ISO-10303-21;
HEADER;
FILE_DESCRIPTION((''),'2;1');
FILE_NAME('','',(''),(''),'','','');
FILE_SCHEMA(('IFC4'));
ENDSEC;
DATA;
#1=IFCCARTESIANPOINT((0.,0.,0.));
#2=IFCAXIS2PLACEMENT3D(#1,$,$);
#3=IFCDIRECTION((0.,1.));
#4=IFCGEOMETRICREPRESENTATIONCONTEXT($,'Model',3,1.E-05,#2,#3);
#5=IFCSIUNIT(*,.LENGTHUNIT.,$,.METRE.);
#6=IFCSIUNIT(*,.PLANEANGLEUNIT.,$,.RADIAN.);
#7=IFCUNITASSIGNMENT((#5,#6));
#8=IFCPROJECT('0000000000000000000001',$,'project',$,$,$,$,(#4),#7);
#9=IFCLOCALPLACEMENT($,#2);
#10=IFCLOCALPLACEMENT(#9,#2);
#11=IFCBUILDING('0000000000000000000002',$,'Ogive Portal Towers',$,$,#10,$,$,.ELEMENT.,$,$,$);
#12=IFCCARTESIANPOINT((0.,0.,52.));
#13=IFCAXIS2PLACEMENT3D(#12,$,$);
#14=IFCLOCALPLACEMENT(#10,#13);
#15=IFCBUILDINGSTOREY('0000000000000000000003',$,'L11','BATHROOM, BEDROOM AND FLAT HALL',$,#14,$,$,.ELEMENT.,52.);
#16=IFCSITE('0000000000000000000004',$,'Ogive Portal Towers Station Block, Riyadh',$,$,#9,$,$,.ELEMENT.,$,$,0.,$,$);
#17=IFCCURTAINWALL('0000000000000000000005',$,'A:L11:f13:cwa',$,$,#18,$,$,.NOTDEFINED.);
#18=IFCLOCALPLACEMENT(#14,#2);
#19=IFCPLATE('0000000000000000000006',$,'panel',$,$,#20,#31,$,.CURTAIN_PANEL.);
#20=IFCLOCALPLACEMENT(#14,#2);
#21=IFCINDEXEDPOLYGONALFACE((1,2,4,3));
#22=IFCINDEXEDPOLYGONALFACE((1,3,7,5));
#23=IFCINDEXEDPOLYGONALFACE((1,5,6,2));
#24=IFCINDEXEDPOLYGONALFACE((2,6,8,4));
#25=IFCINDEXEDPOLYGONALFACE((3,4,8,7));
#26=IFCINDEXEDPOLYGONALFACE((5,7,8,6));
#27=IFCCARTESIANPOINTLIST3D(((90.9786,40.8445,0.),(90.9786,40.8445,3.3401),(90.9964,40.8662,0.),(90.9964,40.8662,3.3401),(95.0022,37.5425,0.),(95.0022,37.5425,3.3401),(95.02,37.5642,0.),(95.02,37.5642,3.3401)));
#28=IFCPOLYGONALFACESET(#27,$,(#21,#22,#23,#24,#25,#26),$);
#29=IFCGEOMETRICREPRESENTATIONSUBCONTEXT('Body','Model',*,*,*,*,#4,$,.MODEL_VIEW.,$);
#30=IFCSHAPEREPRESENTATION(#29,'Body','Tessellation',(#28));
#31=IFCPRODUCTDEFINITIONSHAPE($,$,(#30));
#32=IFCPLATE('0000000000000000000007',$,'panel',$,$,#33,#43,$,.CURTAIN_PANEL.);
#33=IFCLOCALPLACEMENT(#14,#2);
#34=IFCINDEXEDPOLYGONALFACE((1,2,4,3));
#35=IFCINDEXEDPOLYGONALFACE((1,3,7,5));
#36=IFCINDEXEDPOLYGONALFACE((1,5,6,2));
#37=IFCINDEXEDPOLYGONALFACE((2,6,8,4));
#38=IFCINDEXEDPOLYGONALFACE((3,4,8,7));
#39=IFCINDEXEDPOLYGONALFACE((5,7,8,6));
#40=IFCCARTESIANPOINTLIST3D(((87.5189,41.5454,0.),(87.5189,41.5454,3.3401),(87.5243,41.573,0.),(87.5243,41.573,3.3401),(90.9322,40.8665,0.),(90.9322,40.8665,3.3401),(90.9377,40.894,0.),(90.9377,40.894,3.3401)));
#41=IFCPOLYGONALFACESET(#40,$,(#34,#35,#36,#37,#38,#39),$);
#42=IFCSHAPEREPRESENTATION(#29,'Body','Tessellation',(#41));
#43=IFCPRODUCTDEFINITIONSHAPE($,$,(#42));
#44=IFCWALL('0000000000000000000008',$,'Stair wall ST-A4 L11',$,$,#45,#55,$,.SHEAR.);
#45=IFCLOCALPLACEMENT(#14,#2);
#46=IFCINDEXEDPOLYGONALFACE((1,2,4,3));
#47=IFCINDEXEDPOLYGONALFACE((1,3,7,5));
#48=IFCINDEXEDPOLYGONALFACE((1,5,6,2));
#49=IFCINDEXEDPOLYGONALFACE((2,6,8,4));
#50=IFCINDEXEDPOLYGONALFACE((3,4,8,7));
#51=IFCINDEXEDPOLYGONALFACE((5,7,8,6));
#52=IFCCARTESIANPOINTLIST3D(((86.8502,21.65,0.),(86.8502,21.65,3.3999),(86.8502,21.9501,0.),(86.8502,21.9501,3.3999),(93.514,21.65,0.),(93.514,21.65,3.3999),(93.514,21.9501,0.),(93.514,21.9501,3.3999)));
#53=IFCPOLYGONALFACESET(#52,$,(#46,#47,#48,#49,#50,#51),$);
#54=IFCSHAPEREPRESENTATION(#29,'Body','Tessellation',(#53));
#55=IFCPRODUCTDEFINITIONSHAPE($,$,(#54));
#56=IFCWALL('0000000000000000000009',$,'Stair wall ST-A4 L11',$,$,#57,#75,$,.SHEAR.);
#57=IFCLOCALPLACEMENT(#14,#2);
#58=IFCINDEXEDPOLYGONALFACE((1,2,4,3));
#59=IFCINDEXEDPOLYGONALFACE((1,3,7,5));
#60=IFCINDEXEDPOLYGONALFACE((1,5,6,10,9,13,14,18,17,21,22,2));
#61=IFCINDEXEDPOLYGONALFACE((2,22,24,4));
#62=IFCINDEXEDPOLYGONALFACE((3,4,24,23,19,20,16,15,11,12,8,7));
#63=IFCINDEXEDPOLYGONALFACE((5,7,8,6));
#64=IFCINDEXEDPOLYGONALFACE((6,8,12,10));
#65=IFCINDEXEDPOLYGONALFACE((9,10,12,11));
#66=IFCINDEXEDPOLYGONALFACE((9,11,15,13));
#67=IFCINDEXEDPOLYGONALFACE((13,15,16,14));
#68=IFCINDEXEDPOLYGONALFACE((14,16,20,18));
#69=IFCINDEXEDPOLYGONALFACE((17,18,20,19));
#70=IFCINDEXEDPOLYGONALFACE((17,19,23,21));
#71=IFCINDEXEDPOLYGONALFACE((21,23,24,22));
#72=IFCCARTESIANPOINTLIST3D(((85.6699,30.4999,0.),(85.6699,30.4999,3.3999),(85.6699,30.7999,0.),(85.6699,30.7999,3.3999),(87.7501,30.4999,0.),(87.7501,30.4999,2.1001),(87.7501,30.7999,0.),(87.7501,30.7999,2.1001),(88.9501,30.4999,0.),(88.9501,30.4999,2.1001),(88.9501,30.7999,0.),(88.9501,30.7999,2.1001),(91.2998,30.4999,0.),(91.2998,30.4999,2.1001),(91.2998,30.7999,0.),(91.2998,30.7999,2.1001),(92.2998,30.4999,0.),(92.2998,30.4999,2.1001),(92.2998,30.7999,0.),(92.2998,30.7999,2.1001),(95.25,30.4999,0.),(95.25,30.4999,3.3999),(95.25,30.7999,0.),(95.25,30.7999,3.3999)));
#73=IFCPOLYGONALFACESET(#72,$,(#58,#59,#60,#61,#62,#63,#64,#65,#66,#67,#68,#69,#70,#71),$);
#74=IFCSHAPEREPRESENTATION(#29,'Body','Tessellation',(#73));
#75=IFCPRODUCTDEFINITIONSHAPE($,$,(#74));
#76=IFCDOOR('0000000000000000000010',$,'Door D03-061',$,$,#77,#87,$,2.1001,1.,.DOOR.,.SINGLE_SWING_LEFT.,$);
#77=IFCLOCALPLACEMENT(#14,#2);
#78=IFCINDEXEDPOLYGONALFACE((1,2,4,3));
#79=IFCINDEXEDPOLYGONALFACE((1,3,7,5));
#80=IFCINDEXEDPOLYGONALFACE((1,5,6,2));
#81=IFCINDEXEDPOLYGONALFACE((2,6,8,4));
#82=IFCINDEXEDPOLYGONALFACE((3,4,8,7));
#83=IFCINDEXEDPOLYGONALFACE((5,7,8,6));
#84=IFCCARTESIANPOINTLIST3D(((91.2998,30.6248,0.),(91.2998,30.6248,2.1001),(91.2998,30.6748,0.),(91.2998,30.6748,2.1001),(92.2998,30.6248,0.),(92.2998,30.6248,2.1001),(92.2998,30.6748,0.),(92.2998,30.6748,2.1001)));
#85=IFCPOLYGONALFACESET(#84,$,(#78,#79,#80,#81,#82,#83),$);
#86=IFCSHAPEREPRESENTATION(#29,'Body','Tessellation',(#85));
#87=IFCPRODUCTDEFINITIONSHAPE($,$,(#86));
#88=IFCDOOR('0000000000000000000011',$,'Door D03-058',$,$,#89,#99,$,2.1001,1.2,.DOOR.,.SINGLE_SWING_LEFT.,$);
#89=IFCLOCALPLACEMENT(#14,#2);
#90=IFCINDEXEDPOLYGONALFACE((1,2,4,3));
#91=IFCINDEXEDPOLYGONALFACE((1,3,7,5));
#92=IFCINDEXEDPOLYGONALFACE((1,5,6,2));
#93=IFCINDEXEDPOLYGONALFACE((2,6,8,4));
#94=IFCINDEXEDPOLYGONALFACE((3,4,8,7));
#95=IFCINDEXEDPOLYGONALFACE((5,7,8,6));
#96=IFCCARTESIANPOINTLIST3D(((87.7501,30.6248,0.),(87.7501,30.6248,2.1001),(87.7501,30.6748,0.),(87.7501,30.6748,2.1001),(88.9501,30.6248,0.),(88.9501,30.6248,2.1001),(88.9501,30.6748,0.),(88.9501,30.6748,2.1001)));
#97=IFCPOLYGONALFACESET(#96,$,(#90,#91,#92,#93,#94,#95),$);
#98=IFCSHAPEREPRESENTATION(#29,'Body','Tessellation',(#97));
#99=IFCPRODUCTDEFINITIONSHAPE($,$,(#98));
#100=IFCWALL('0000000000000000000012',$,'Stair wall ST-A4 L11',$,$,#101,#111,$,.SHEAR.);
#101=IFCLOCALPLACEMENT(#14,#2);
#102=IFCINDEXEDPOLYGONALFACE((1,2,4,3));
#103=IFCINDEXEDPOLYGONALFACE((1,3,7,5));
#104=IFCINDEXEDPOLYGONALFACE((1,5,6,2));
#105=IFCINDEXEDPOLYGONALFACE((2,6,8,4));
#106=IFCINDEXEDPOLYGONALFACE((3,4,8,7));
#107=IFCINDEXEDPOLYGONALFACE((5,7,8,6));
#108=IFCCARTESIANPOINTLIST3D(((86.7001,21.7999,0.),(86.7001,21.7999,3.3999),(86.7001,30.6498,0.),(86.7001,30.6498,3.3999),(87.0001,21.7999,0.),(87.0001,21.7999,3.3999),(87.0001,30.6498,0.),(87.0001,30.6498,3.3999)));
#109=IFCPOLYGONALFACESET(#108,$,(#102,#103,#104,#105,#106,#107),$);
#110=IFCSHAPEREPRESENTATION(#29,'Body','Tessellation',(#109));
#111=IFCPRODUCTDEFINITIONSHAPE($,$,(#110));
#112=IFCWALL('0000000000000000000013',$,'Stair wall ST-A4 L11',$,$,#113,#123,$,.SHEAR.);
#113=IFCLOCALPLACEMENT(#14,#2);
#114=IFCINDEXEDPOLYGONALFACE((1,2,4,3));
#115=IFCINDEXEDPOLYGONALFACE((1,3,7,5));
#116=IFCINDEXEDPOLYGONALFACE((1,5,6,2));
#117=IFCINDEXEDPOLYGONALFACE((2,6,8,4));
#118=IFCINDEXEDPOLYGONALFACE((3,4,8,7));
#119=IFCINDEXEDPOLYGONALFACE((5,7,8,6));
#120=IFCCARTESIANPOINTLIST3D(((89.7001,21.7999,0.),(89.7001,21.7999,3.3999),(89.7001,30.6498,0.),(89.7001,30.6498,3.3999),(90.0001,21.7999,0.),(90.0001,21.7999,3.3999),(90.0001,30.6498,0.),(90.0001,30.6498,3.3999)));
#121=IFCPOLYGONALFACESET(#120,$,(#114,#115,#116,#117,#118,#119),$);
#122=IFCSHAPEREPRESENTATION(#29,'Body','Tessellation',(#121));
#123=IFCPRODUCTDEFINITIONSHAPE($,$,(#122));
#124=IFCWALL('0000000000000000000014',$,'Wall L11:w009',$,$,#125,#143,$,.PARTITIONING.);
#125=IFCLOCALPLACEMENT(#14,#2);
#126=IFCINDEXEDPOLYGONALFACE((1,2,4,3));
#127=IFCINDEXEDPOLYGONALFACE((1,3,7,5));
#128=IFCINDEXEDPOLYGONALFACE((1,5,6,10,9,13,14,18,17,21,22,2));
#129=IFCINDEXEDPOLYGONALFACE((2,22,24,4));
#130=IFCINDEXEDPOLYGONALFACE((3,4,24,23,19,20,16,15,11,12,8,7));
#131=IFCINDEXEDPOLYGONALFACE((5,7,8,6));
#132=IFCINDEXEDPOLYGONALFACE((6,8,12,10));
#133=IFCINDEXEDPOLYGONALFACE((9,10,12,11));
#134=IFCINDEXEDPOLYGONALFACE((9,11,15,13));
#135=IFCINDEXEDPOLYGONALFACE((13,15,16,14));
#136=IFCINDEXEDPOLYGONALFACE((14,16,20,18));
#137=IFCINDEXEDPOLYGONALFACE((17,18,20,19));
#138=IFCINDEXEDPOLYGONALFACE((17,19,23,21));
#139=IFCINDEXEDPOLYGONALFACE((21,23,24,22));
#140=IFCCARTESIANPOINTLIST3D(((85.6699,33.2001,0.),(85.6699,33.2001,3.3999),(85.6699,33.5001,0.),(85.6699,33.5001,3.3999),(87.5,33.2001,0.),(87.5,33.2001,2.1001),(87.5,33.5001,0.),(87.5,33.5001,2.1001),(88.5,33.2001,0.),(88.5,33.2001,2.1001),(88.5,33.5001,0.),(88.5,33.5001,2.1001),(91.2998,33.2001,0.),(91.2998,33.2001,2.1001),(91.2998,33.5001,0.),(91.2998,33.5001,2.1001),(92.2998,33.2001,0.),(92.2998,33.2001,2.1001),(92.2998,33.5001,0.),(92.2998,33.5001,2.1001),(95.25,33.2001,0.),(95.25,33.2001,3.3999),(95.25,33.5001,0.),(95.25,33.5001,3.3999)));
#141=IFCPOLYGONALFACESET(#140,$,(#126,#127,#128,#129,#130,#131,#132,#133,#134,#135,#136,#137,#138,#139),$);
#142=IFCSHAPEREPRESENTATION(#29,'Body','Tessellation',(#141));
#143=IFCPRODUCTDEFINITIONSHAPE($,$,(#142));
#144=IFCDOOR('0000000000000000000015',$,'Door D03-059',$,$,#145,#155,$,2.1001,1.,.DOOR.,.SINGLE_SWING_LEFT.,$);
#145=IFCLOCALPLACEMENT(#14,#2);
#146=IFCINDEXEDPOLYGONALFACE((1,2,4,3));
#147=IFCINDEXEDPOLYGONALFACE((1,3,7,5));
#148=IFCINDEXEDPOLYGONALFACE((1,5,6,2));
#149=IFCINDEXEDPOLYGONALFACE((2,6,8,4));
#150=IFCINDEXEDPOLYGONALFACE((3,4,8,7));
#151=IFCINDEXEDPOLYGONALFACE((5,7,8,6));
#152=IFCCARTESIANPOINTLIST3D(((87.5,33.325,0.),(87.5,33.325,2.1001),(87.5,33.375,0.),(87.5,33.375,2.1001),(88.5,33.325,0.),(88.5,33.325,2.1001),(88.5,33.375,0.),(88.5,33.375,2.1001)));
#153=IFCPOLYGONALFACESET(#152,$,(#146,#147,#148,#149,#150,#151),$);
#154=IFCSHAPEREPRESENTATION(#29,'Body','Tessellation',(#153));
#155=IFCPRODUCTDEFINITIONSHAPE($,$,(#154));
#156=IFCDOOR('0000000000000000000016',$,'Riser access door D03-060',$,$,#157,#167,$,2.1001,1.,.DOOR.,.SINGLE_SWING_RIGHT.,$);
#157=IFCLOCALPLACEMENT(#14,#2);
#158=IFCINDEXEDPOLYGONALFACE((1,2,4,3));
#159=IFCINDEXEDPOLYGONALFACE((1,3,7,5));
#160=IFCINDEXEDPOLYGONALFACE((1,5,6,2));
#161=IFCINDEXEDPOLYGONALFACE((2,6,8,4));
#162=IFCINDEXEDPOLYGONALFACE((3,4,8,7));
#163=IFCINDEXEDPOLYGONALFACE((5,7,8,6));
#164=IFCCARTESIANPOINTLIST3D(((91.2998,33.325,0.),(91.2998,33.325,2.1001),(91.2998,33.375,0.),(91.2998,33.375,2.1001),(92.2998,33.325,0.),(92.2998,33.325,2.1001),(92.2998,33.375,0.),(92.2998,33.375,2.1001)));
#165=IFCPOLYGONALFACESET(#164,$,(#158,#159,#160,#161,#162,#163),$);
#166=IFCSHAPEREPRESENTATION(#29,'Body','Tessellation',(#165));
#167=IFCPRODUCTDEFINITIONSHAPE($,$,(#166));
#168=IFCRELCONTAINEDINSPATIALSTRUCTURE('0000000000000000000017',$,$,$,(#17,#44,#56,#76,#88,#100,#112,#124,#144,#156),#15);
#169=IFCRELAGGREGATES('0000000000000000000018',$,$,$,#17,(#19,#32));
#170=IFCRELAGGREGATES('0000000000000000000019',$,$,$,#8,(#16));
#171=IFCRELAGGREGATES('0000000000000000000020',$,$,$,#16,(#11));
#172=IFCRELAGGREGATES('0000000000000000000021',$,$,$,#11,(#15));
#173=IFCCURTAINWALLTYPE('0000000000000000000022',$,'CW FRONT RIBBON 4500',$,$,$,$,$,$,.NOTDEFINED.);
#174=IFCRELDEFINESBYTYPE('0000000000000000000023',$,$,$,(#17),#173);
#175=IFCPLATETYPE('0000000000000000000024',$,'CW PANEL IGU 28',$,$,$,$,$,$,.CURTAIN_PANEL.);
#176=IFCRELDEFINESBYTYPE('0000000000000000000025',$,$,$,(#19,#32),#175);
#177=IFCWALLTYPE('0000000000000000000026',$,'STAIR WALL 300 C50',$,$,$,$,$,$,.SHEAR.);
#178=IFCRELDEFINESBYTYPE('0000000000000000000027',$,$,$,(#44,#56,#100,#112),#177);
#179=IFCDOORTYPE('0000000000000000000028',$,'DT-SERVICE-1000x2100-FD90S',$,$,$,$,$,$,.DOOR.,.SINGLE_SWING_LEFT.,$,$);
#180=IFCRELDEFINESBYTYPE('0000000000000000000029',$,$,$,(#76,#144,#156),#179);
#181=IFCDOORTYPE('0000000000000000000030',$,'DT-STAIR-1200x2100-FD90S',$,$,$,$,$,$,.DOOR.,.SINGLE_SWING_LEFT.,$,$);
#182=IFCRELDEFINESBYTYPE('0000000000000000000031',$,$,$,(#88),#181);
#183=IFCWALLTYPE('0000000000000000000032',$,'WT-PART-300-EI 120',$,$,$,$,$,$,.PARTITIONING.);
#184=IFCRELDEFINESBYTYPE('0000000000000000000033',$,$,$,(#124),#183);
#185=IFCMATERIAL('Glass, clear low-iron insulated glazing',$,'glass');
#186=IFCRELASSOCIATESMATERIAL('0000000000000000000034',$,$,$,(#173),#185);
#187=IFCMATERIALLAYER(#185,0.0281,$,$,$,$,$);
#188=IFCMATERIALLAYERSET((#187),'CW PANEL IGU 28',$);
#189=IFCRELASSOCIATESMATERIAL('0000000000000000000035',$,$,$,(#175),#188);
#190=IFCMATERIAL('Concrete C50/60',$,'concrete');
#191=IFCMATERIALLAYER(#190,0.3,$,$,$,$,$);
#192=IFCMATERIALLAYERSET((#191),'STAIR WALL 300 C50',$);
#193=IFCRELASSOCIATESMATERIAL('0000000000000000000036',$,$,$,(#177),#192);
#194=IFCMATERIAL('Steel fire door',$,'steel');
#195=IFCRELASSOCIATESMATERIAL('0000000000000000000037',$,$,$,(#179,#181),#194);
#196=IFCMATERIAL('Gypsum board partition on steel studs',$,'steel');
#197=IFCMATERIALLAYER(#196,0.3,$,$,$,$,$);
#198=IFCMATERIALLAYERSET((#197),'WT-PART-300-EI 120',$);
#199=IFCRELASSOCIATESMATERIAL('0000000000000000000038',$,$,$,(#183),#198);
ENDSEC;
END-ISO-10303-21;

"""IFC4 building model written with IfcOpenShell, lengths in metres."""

from ifc_helpers import new_model, si_unit, direction, frame, frame_2d, origin, origin_2d, place, context, subcontext, project, spatial, rectangle, extrude, material, layer, layer_set, type_object, element, fill, aggregate, save


model = new_model("IFC4")

# Units and contexts
model_context = context("Model", 3, precision=1e-05, world=origin(), true_north=direction((0.0, 1.0)))
body_context = subcontext(model_context, "Body", "Model", "MODEL_VIEW")
ifc_project = project(units=[si_unit("LENGTHUNIT", "METRE"), si_unit("PLANEANGLEUNIT", "RADIAN")], contexts=[model_context])

# Site, building, storey
site_placement = place(None, origin())
site = spatial("IfcSite", under=ifc_project, at=site_placement, Name="Ogive Portal Towers Station Block, Riyadh", CompositionType="ELEMENT", RefElevation=0.0)
building_placement = place(site_placement, origin())
building = spatial("IfcBuilding", under=site, at=building_placement, Name="Ogive Portal Towers", CompositionType="ELEMENT")
storey_placement = place(building_placement, frame((0.0, 0.0, 52.0)))
storey = spatial("IfcBuildingStorey", under=building, at=storey_placement, Name="L11", Description="BATHROOM, BEDROOM AND FLAT HALL", CompositionType="ELEMENT", Elevation=52.0)

# Shared definitions
ifc_material_1 = material(Name="Glass, clear low-iron insulated glazing", Category="glass")
curtain_wall_type = type_object("IfcCurtainWallType", Name="CW FRONT RIBBON 4500", PredefinedType="NOTDEFINED", material=ifc_material_1)

# Curtain wall
curtain_wall_1_placement = place(storey_placement, origin())
curtain_wall_1 = element("IfcCurtainWall", 1, at=curtain_wall_1_placement, inside=storey, type_object=curtain_wall_type, Name="A:L11:f13:cwa", PredefinedType="NOTDEFINED")

# Plates
ifc_layer_1 = layer(ifc_material_1, 0.0281)
ifc_layer_set_1 = layer_set([ifc_layer_1], Name="CW PANEL IGU 28")
plate_type = type_object("IfcPlateType", Name="CW PANEL IGU 28", PredefinedType="CURTAIN_PANEL", material=ifc_layer_set_1)
plate_1_placement = place(storey_placement, frame((92.9993, 39.2043, 0.0), z_axis=(0.0, 0.0, 1.0), x_axis=(-0.77301, 0.634393, 0.0)))
plate_1 = element("IfcPlate", 2, at=plate_1_placement, type_object=plate_type, Name="panel", PredefinedType="CURTAIN_PANEL", context=body_context, shape_type="SweptSolid", body=[
    extrude(rectangle(XDim=5.2051, YDim=0.0281, at=origin_2d()), origin(), (0.0, 0.0, 1.0), 3.3401),
])
plate_2_placement = place(storey_placement, frame((89.2283, 41.2197, 0.0), z_axis=(0.0, 0.0, 1.0), x_axis=(-0.980785, 0.19509, 0.0)))
plate_2 = element("IfcPlate", 3, at=plate_2_placement, type_object=plate_type, Name="panel", PredefinedType="CURTAIN_PANEL", context=body_context, shape_type="SweptSolid", body=[
    extrude(rectangle(XDim=3.4802, YDim=0.0281, at=origin_2d()), origin(), (0.0, 0.0, 1.0), 3.3401),
])
aggregate(curtain_wall_1, [plate_1, plate_2])

# Wall
ifc_material_2 = material(Name="Concrete C50/60", Category="concrete")
ifc_layer_2 = layer(ifc_material_2, 0.3)
ifc_layer_set_2 = layer_set([ifc_layer_2], Name="STAIR WALL 300 C50")
wall_type_1 = type_object("IfcWallType", Name="STAIR WALL 300 C50", PredefinedType="SHEAR", material=ifc_layer_set_2)
wall_1_placement = place(storey_placement, frame((86.8501, 21.8, 0.0), z_axis=(0.0, 0.0, 1.0), x_axis=(1.0, 0.0, 0.0)))
element("IfcWall", 4, at=wall_1_placement, inside=storey, type_object=wall_type_1, Name="Stair wall ST-A4 L11", PredefinedType="SHEAR", context=body_context, shape_type="SweptSolid", body=[
    extrude(rectangle(XDim=6.6638, YDim=0.3, at=frame_2d((3.332, 0.0))), origin(), (0.0, 0.0, 1.0), 3.3999),
])

# Wall, openings, doors
wall_2_placement = place(storey_placement, frame((85.6699, 30.6499, 0.0), z_axis=(0.0, 0.0, 1.0), x_axis=(1.0, 0.0, 0.0)))
wall_2 = element("IfcWall", 5, at=wall_2_placement, inside=storey, type_object=wall_type_1, Name="Stair wall ST-A4 L11", PredefinedType="SHEAR", context=body_context, shape_type="SweptSolid", body=[
    extrude(rectangle(XDim=9.5801, YDim=0.3, at=frame_2d((4.79, 0.0))), origin(), (0.0, 0.0, 1.0), 3.3999),
])
opening_1_placement = place(wall_2_placement, frame((2.0801, 0.0, 0.0)))
opening_1 = element("IfcOpeningElement", 6, at=opening_1_placement, cuts=wall_2, PredefinedType="OPENING", context=body_context, shape_type="SweptSolid", body=[
    extrude(rectangle(XDim=1.2, YDim=2.1001, at=frame_2d((0.6001, 1.05))), frame((0.0, 0.1602, 0.0), z_axis=(0.0, -1.0, 0.0), x_axis=(1.0, 0.0, 0.0)), (0.0, 0.0, 1.0), 0.3201),
])
opening_2_placement = place(wall_2_placement, frame((5.6299, 0.0, 0.0)))
opening_2 = element("IfcOpeningElement", 7, at=opening_2_placement, cuts=wall_2, PredefinedType="OPENING", context=body_context, shape_type="SweptSolid", body=[
    extrude(rectangle(XDim=1.0, YDim=2.1001, at=frame_2d((0.5, 1.05))), frame((0.0, 0.1602, 0.0), z_axis=(0.0, -1.0, 0.0), x_axis=(1.0, 0.0, 0.0)), (0.0, 0.0, 1.0), 0.3201),
])
ifc_material_3 = material(Name="Steel fire door", Category="steel")
door_type_1 = type_object("IfcDoorType", Name="DT-SERVICE-1000x2100-FD90S", OperationType="SINGLE_SWING_LEFT", PredefinedType="DOOR", material=ifc_material_3)
door_1_placement = place(opening_2_placement, origin())
door_1 = element("IfcDoor", 8, at=door_1_placement, inside=storey, type_object=door_type_1, Name="Door D03-061", OperationType="SINGLE_SWING_LEFT", OverallHeight=2.1001, OverallWidth=1.0, PredefinedType="DOOR", context=body_context, shape_type="SweptSolid", body=[
    extrude(rectangle(XDim=1.0, YDim=2.1001, at=frame_2d((0.5, 1.05))), frame((0.0, 0.0249, 0.0), z_axis=(0.0, -1.0, 0.0), x_axis=(1.0, 0.0, 0.0)), (0.0, 0.0, 1.0), 0.05),
])
fill(opening_2, door_1)
door_type_2 = type_object("IfcDoorType", Name="DT-STAIR-1200x2100-FD90S", OperationType="SINGLE_SWING_LEFT", PredefinedType="DOOR", material=ifc_material_3)
door_2_placement = place(opening_1_placement, origin())
door_2 = element("IfcDoor", 9, at=door_2_placement, inside=storey, type_object=door_type_2, Name="Door D03-058", OperationType="SINGLE_SWING_LEFT", OverallHeight=2.1001, OverallWidth=1.2, PredefinedType="DOOR", context=body_context, shape_type="SweptSolid", body=[
    extrude(rectangle(XDim=1.2, YDim=2.1001, at=frame_2d((0.6001, 1.05))), frame((0.0, 0.0249, 0.0), z_axis=(0.0, -1.0, 0.0), x_axis=(1.0, 0.0, 0.0)), (0.0, 0.0, 1.0), 0.05),
])
fill(opening_1, door_2)

# Walls
for number, where, z_axis, x_axis, name in (
    (10, (86.8501, 21.8, 0.0), (0.0, 0.0, 1.0), (0.0, 1.0, 0.0), "Stair wall ST-A4 L11"),
    (11, (89.8501, 21.8, 0.0), (0.0, 0.0, 1.0), (0.0, 1.0, 0.0), "Stair wall ST-A4 L11"),
):
    element("IfcWall", number, at=place(storey_placement, frame(where, z_axis=z_axis, x_axis=x_axis)), inside=storey, type_object=wall_type_1, Name=name, PredefinedType="SHEAR", context=body_context, shape_type="SweptSolid", body=[
        extrude(rectangle(XDim=8.8499, YDim=0.3, at=frame_2d((4.4248, 0.0))), origin(), (0.0, 0.0, 1.0), 3.3999),
    ])

# Wall, openings, doors
ifc_material_4 = material(Name="Gypsum board partition on steel studs", Category="steel")
ifc_layer_3 = layer(ifc_material_4, 0.3)
ifc_layer_set_3 = layer_set([ifc_layer_3], Name="WT-PART-300-EI 120")
wall_type_2 = type_object("IfcWallType", Name="WT-PART-300-EI 120", PredefinedType="PARTITIONING", material=ifc_layer_set_3)
wall_3_placement = place(storey_placement, frame((85.6699, 33.3501, 0.0), z_axis=(0.0, 0.0, 1.0), x_axis=(1.0, 0.0, 0.0)))
wall_3 = element("IfcWall", 12, at=wall_3_placement, inside=storey, type_object=wall_type_2, Name="Wall L11:w009", PredefinedType="PARTITIONING", context=body_context, shape_type="SweptSolid", body=[
    extrude(rectangle(XDim=9.5801, YDim=0.3, at=frame_2d((4.79, 0.0))), origin(), (0.0, 0.0, 1.0), 3.3999),
])
opening_3_placement = place(wall_3_placement, frame((1.8301, 0.0, 0.0)))
opening_3 = element("IfcOpeningElement", 13, at=opening_3_placement, cuts=wall_3, PredefinedType="OPENING", context=body_context, shape_type="SweptSolid", body=[
    extrude(rectangle(XDim=1.0, YDim=2.1001, at=frame_2d((0.5, 1.05))), frame((0.0, 0.1602, 0.0), z_axis=(0.0, -1.0, 0.0), x_axis=(1.0, 0.0, 0.0)), (0.0, 0.0, 1.0), 0.3201),
])
opening_4_placement = place(wall_3_placement, frame((5.6299, 0.0, 0.0)))
opening_4 = element("IfcOpeningElement", 14, at=opening_4_placement, cuts=wall_3, PredefinedType="OPENING", context=body_context, shape_type="SweptSolid", body=[
    extrude(rectangle(XDim=1.0, YDim=2.1001, at=frame_2d((0.5, 1.05))), frame((0.0, 0.1602, 0.0), z_axis=(0.0, -1.0, 0.0), x_axis=(1.0, 0.0, 0.0)), (0.0, 0.0, 1.0), 0.3201),
])
door_3_placement = place(opening_3_placement, origin())
door_3 = element("IfcDoor", 15, at=door_3_placement, inside=storey, type_object=door_type_1, Name="Door D03-059", OperationType="SINGLE_SWING_LEFT", OverallHeight=2.1001, OverallWidth=1.0, PredefinedType="DOOR", context=body_context, shape_type="SweptSolid", body=[
    extrude(rectangle(XDim=1.0, YDim=2.1001, at=frame_2d((0.5, 1.05))), frame((0.0, 0.0249, 0.0), z_axis=(0.0, -1.0, 0.0), x_axis=(1.0, 0.0, 0.0)), (0.0, 0.0, 1.0), 0.05),
])
fill(opening_3, door_3)
door_4_placement = place(opening_4_placement, origin())
door_4 = element("IfcDoor", 16, at=door_4_placement, inside=storey, type_object=door_type_1, Name="Riser access door D03-060", OperationType="SINGLE_SWING_RIGHT", OverallHeight=2.1001, OverallWidth=1.0, PredefinedType="DOOR", context=body_context, shape_type="SweptSolid", body=[
    extrude(rectangle(XDim=1.0, YDim=2.1001, at=frame_2d((0.5, 1.05))), frame((0.0, 0.0249, 0.0), z_axis=(0.0, -1.0, 0.0), x_axis=(1.0, 0.0, 0.0)), (0.0, 0.0, 1.0), 0.05),
])
fill(opening_4, door_4)

save(model, "model.ifc")
